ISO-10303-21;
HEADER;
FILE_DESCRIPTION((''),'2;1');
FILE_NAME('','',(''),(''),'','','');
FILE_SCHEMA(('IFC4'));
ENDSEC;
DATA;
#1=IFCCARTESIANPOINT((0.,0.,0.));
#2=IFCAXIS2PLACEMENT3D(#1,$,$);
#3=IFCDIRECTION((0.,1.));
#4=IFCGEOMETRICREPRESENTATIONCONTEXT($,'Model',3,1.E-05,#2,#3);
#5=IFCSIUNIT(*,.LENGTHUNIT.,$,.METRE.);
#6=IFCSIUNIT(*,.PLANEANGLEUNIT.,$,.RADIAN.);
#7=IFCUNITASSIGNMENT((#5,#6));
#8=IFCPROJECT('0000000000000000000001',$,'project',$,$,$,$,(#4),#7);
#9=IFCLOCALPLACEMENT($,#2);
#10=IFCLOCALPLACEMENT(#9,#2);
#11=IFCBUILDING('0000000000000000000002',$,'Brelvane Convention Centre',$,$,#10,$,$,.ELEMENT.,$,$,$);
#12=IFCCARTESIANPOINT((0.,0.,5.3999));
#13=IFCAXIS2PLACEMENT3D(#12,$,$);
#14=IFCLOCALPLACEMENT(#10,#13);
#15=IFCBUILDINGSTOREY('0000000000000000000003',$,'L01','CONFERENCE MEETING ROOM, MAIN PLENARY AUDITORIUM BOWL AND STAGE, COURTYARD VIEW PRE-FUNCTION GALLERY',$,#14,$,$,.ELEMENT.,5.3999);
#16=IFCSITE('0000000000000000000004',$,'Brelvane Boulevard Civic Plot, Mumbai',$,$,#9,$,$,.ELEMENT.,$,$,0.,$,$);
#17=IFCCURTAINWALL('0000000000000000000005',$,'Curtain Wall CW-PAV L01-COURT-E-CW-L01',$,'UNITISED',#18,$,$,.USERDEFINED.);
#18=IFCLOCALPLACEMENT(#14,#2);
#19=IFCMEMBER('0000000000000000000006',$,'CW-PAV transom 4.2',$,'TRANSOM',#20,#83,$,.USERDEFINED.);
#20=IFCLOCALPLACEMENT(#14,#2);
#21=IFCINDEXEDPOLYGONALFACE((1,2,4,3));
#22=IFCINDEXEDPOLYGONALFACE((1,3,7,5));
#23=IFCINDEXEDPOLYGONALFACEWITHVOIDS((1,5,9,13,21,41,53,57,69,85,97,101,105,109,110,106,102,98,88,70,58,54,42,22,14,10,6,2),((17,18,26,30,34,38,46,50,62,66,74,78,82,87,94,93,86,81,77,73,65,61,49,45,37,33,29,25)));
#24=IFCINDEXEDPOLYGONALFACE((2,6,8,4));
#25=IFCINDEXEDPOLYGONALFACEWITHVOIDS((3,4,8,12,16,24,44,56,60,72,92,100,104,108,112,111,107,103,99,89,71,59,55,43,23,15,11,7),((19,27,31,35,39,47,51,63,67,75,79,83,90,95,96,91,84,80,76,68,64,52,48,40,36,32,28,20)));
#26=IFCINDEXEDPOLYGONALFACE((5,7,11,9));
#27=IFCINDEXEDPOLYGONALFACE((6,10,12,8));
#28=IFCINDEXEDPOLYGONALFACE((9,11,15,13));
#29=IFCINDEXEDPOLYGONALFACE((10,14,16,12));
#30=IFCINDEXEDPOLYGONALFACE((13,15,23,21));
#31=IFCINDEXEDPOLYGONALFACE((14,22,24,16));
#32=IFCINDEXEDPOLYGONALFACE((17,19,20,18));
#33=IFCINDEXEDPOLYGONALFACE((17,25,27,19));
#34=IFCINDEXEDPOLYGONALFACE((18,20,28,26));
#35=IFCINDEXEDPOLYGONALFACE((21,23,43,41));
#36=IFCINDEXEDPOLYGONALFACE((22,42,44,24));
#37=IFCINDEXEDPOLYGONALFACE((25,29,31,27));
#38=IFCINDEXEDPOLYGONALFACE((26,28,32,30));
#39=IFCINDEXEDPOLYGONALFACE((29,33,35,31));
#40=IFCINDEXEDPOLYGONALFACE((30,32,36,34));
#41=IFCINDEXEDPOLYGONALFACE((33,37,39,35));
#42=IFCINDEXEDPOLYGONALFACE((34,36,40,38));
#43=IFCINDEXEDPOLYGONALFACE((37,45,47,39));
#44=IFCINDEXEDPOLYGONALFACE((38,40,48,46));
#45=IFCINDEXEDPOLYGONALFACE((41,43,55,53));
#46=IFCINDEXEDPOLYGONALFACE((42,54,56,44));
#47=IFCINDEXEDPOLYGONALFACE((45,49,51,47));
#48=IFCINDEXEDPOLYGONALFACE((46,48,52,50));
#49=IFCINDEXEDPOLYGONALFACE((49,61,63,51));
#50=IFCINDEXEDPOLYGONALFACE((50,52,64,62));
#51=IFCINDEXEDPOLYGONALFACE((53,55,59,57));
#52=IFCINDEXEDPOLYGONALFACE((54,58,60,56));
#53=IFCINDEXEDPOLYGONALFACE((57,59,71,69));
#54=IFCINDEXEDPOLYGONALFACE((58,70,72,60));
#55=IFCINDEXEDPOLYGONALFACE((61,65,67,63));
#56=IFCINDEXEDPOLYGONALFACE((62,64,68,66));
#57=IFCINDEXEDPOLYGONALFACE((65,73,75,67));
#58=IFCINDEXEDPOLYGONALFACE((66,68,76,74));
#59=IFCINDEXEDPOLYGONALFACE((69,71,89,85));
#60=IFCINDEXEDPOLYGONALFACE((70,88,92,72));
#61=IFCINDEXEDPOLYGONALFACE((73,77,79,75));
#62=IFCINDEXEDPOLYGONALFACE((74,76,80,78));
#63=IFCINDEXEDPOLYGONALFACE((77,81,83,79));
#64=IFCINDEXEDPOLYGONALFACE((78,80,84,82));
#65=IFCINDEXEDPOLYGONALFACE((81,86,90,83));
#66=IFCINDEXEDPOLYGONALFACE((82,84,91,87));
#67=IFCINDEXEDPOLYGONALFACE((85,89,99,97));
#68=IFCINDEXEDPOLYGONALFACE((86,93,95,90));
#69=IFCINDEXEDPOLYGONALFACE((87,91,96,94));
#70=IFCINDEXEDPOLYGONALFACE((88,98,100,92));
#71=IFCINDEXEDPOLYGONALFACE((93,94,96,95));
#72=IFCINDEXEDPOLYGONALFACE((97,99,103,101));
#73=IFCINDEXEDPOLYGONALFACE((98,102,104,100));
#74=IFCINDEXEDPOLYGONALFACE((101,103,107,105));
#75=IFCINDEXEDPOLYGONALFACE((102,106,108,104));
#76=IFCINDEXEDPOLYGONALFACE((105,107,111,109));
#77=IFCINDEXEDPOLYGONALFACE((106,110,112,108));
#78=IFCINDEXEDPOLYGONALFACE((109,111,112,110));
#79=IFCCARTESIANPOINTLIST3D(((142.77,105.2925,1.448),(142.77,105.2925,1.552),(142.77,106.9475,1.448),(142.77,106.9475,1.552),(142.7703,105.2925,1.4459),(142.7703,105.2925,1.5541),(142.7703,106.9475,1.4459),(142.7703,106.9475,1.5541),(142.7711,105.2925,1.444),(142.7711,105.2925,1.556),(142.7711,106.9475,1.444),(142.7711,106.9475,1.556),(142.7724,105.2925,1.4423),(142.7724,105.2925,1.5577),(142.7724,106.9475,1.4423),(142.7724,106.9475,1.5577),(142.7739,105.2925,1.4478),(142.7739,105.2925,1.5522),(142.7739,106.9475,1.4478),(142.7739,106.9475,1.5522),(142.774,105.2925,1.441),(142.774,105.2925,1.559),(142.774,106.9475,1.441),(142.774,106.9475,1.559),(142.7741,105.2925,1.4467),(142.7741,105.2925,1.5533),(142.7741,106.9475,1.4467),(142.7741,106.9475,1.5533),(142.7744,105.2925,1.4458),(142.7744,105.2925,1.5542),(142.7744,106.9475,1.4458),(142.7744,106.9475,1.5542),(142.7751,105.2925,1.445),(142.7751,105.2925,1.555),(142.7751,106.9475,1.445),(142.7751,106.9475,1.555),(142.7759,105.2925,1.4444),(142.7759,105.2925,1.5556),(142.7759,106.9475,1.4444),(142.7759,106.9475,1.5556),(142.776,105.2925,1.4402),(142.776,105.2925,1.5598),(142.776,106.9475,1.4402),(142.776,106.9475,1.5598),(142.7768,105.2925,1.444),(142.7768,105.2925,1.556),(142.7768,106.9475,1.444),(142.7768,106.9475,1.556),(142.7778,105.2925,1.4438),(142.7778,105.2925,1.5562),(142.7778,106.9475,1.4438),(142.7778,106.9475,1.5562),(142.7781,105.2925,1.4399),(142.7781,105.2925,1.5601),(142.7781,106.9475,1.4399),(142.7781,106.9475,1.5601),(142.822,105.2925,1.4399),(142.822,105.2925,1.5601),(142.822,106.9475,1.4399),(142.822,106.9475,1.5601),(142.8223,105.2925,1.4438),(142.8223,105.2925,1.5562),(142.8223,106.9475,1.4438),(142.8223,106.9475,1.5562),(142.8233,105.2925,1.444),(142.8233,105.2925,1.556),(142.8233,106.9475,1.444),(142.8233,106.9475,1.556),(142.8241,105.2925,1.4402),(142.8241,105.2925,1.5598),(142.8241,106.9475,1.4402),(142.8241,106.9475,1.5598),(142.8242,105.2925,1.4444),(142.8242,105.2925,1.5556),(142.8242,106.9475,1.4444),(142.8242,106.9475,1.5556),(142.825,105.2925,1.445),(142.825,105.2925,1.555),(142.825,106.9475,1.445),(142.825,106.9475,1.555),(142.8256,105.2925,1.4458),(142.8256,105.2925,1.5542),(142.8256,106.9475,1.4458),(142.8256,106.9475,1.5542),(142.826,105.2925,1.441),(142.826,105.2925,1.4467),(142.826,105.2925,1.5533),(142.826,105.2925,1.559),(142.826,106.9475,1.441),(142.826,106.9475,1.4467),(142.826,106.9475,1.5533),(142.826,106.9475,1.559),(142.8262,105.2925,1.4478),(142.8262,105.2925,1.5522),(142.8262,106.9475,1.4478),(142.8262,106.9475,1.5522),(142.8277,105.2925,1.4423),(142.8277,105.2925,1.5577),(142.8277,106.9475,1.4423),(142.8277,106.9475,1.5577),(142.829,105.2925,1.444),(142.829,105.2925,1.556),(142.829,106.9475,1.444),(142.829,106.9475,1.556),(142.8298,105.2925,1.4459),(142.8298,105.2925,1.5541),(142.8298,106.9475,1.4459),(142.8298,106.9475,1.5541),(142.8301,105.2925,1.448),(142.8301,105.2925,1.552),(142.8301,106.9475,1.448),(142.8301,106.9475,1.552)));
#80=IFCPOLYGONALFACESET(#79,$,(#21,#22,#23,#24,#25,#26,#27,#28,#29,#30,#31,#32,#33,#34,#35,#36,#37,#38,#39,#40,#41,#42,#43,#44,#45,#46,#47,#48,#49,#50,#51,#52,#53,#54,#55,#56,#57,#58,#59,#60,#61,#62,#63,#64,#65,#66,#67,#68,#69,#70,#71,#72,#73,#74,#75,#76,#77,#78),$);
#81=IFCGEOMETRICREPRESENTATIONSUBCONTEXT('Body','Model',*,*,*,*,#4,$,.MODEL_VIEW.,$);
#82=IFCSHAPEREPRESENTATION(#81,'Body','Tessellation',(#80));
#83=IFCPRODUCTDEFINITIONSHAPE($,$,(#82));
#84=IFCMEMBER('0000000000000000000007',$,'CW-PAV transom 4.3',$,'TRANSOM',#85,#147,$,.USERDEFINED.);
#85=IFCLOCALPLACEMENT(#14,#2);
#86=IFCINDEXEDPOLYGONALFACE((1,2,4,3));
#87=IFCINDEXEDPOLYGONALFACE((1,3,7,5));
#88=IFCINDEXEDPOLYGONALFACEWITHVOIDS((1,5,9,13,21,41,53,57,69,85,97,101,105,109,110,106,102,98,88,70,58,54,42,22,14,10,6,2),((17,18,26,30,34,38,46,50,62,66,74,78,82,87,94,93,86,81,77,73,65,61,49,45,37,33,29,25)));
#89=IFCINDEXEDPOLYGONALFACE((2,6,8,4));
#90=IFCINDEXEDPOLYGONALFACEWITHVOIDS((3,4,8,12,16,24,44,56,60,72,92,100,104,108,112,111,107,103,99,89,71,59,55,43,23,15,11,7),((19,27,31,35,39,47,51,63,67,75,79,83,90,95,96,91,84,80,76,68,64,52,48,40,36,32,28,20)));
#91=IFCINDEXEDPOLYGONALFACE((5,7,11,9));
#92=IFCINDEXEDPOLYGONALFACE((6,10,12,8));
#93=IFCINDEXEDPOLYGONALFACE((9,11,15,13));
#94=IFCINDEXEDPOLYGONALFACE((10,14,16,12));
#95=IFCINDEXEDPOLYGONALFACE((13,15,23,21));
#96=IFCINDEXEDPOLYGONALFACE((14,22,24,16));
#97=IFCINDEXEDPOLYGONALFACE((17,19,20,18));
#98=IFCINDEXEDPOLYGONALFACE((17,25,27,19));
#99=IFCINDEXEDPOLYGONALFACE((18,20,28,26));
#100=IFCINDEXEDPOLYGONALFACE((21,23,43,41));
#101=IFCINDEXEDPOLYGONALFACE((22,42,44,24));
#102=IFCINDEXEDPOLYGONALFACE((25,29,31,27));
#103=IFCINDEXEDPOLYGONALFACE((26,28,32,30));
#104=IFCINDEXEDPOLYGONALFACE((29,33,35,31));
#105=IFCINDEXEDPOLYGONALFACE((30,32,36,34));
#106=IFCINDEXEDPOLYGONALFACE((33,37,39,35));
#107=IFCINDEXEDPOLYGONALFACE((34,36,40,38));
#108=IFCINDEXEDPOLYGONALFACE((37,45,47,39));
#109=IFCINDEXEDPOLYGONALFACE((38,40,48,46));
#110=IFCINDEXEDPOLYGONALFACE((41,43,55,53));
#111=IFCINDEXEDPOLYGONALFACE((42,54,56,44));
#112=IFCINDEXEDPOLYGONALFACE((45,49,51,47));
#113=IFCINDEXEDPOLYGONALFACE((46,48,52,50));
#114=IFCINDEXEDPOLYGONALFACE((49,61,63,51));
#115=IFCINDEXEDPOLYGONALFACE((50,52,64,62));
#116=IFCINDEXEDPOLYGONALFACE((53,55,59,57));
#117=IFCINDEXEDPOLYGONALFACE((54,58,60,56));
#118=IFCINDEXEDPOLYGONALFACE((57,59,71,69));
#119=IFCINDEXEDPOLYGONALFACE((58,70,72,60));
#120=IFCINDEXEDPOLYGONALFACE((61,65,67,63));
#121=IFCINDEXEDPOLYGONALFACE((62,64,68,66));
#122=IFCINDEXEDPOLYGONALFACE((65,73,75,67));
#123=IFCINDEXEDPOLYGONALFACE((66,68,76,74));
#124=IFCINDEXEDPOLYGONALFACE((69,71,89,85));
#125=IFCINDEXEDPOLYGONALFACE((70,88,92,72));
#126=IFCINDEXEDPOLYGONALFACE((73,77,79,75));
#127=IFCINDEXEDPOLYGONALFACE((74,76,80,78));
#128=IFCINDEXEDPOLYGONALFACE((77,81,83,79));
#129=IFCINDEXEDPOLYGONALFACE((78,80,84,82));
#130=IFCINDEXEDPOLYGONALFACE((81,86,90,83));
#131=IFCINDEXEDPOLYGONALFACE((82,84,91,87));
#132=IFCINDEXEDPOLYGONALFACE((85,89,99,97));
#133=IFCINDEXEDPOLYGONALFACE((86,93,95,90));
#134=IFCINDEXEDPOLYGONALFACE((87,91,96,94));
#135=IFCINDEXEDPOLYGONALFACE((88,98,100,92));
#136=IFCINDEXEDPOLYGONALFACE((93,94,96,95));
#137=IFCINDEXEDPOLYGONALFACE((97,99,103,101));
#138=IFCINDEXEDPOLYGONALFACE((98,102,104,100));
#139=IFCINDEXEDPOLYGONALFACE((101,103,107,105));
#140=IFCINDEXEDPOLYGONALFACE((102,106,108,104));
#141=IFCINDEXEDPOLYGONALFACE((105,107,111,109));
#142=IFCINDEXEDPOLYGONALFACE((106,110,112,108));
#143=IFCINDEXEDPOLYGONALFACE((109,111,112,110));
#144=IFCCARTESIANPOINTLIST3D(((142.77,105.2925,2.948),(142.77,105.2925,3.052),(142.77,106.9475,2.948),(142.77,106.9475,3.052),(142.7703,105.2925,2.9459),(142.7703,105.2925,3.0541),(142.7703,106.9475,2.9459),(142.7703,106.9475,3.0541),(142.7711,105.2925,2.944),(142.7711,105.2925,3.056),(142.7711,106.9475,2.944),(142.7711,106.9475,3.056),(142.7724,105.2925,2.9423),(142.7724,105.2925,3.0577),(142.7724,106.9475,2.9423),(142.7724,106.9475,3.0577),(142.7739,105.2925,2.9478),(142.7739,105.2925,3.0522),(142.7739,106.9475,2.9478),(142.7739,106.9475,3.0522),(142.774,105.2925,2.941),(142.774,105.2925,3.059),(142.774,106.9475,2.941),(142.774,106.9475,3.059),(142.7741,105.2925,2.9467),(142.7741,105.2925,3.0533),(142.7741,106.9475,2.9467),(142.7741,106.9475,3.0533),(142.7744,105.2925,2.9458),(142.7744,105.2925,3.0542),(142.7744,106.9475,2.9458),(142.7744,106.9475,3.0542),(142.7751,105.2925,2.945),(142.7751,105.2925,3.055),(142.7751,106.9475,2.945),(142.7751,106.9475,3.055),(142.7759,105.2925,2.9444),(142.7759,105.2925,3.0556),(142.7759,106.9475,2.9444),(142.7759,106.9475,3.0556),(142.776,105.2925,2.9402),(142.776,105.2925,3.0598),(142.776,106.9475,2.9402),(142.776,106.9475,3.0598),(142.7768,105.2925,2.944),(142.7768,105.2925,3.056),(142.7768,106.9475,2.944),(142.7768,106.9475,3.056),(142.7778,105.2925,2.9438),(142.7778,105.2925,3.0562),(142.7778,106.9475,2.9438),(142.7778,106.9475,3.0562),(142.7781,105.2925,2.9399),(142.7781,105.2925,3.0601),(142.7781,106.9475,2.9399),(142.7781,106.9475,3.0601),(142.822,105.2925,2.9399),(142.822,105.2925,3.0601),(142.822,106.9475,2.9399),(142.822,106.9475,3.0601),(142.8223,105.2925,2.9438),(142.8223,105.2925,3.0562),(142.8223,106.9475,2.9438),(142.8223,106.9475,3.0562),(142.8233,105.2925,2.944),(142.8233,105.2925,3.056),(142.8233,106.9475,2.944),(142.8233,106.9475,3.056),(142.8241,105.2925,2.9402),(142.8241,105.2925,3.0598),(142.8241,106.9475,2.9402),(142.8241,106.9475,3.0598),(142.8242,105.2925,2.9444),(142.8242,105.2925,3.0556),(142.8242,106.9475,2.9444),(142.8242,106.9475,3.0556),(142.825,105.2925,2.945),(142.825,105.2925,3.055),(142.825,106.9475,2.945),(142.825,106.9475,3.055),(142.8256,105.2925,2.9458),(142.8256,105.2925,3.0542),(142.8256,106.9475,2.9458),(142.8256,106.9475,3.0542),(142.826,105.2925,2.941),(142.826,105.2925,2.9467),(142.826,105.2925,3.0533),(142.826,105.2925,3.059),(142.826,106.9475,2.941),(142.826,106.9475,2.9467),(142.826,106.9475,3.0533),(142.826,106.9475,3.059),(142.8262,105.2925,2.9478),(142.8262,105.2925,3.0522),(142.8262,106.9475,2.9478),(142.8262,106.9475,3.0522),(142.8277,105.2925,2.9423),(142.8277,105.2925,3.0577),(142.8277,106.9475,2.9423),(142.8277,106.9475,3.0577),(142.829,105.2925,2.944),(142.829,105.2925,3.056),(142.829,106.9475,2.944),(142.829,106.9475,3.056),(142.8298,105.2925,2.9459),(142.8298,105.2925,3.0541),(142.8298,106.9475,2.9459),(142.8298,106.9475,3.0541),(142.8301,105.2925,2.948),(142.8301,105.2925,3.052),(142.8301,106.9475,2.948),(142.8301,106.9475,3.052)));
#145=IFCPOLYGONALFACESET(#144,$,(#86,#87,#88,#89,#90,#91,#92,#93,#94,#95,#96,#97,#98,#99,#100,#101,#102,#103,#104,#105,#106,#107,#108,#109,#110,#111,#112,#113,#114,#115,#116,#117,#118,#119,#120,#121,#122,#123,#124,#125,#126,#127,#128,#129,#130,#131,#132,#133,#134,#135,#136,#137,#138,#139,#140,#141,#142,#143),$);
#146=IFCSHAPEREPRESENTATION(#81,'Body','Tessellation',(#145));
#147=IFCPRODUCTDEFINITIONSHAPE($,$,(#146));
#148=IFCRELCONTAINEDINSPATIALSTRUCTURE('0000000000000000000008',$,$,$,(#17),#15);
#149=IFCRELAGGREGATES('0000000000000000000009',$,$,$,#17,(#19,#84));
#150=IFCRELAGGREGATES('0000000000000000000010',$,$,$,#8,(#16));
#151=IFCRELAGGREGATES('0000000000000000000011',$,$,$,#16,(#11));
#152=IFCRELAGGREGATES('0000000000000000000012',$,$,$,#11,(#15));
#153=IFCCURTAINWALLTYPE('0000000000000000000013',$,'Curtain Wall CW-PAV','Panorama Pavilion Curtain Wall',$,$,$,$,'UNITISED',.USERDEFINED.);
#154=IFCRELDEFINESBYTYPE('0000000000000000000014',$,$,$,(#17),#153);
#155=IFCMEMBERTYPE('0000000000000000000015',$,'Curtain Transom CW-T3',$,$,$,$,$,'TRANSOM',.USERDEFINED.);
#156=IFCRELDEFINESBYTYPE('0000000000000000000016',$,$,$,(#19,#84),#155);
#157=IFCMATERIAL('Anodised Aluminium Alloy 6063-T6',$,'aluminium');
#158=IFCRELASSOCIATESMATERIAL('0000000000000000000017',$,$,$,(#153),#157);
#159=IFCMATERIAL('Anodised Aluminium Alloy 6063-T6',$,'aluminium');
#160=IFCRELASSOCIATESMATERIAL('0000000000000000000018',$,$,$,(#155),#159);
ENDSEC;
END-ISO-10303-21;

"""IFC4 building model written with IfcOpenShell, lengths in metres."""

from ifc_helpers import new_model, si_unit, direction, frame, origin, origin_2d, place, context, subcontext, project, spatial, hollow_rectangle, extrude, material, material_profile, profile_set, type_object, element, aggregate, save


model = new_model("IFC4")

# Units and contexts
model_context = context("Model", 3, precision=1e-05, world=origin(), true_north=direction((0.0, 1.0)))
body_context = subcontext(model_context, "Body", "Model", "MODEL_VIEW")
ifc_project = project(units=[si_unit("LENGTHUNIT", "METRE"), si_unit("PLANEANGLEUNIT", "RADIAN")], contexts=[model_context])

# Site, building, storey
site_placement = place(None, origin())
site = spatial("IfcSite", under=ifc_project, at=site_placement, Name="Brelvane Boulevard Civic Plot, Mumbai", CompositionType="ELEMENT", RefElevation=0.0)
building_placement = place(site_placement, origin())
building = spatial("IfcBuilding", under=site, at=building_placement, Name="Brelvane Convention Centre", CompositionType="ELEMENT")
storey_placement = place(building_placement, frame((0.0, 0.0, 5.3999)))
storey = spatial("IfcBuildingStorey", under=building, at=storey_placement, Name="L01", Description="CONFERENCE MEETING ROOM, MAIN PLENARY AUDITORIUM BOWL AND STAGE, COURTYARD VIEW PRE-FUNCTION GALLERY", CompositionType="ELEMENT", Elevation=5.3999)

# Curtain wall, members
ifc_material_1 = material(Name="Anodised Aluminium Alloy 6063-T6", Category="aluminium")
curtain_wall_type = type_object("IfcCurtainWallType", Name="Curtain Wall CW-PAV", Description="Panorama Pavilion Curtain Wall", ElementType="UNITISED", PredefinedType="USERDEFINED", material=ifc_material_1)
curtain_wall_placement = place(storey_placement, origin())
curtain_wall = element("IfcCurtainWall", 1, at=curtain_wall_placement, inside=storey, type_object=curtain_wall_type, Name="Curtain Wall CW-PAV L01-COURT-E-CW-L01", ObjectType="UNITISED", PredefinedType="USERDEFINED")
ifc_material_2 = material(Name="Anodised Aluminium Alloy 6063-T6", Category="aluminium")
ifc_material_profile_1 = material_profile(ifc_material_2, hollow_rectangle(XDim=0.0601, YDim=0.1201, WallThickness=0.0039, InnerFilletRadius=0.0039, OuterFilletRadius=0.0081, at=origin_2d()), Name="ALU-T 120x60x4.0")
ifc_profile_set_1 = profile_set([ifc_material_profile_1], Name="Anodised Aluminium Alloy 6063-T6")
member_type_1 = type_object("IfcMemberType", Name="Curtain Transom CW-T3", ElementType="TRANSOM", PredefinedType="USERDEFINED", material=ifc_profile_set_1)
member_1_placement = place(storey_placement, frame((142.8, 105.2925, 1.5), z_axis=(0.0, 1.0, 0.0), x_axis=(-1.0, 0.0, 0.0)))
member_1 = element("IfcMember", 2, at=member_1_placement, type_object=member_type_1, Name="CW-PAV transom 4.2", ObjectType="TRANSOM", PredefinedType="USERDEFINED", context=body_context, shape_type="SweptSolid", body=[
    extrude(hollow_rectangle(XDim=0.0601, YDim=0.1201, WallThickness=0.0039, InnerFilletRadius=0.0039, OuterFilletRadius=0.0081, at=origin_2d()), origin(), (0.0, 0.0, 1.0), 1.655),
])
member_2_placement = place(storey_placement, frame((142.8, 105.2925, 3.0), z_axis=(0.0, 1.0, 0.0), x_axis=(-1.0, 0.0, 0.0)))
member_2 = element("IfcMember", 3, at=member_2_placement, type_object=member_type_1, Name="CW-PAV transom 4.3", ObjectType="TRANSOM", PredefinedType="USERDEFINED", context=body_context, shape_type="SweptSolid", body=[
    extrude(hollow_rectangle(XDim=0.0601, YDim=0.1201, WallThickness=0.0039, InnerFilletRadius=0.0039, OuterFilletRadius=0.0081, at=origin_2d()), origin(), (0.0, 0.0, 1.0), 1.655),
])

aggregate(curtain_wall, [member_1, member_2])

save(model, "model.ifc")
